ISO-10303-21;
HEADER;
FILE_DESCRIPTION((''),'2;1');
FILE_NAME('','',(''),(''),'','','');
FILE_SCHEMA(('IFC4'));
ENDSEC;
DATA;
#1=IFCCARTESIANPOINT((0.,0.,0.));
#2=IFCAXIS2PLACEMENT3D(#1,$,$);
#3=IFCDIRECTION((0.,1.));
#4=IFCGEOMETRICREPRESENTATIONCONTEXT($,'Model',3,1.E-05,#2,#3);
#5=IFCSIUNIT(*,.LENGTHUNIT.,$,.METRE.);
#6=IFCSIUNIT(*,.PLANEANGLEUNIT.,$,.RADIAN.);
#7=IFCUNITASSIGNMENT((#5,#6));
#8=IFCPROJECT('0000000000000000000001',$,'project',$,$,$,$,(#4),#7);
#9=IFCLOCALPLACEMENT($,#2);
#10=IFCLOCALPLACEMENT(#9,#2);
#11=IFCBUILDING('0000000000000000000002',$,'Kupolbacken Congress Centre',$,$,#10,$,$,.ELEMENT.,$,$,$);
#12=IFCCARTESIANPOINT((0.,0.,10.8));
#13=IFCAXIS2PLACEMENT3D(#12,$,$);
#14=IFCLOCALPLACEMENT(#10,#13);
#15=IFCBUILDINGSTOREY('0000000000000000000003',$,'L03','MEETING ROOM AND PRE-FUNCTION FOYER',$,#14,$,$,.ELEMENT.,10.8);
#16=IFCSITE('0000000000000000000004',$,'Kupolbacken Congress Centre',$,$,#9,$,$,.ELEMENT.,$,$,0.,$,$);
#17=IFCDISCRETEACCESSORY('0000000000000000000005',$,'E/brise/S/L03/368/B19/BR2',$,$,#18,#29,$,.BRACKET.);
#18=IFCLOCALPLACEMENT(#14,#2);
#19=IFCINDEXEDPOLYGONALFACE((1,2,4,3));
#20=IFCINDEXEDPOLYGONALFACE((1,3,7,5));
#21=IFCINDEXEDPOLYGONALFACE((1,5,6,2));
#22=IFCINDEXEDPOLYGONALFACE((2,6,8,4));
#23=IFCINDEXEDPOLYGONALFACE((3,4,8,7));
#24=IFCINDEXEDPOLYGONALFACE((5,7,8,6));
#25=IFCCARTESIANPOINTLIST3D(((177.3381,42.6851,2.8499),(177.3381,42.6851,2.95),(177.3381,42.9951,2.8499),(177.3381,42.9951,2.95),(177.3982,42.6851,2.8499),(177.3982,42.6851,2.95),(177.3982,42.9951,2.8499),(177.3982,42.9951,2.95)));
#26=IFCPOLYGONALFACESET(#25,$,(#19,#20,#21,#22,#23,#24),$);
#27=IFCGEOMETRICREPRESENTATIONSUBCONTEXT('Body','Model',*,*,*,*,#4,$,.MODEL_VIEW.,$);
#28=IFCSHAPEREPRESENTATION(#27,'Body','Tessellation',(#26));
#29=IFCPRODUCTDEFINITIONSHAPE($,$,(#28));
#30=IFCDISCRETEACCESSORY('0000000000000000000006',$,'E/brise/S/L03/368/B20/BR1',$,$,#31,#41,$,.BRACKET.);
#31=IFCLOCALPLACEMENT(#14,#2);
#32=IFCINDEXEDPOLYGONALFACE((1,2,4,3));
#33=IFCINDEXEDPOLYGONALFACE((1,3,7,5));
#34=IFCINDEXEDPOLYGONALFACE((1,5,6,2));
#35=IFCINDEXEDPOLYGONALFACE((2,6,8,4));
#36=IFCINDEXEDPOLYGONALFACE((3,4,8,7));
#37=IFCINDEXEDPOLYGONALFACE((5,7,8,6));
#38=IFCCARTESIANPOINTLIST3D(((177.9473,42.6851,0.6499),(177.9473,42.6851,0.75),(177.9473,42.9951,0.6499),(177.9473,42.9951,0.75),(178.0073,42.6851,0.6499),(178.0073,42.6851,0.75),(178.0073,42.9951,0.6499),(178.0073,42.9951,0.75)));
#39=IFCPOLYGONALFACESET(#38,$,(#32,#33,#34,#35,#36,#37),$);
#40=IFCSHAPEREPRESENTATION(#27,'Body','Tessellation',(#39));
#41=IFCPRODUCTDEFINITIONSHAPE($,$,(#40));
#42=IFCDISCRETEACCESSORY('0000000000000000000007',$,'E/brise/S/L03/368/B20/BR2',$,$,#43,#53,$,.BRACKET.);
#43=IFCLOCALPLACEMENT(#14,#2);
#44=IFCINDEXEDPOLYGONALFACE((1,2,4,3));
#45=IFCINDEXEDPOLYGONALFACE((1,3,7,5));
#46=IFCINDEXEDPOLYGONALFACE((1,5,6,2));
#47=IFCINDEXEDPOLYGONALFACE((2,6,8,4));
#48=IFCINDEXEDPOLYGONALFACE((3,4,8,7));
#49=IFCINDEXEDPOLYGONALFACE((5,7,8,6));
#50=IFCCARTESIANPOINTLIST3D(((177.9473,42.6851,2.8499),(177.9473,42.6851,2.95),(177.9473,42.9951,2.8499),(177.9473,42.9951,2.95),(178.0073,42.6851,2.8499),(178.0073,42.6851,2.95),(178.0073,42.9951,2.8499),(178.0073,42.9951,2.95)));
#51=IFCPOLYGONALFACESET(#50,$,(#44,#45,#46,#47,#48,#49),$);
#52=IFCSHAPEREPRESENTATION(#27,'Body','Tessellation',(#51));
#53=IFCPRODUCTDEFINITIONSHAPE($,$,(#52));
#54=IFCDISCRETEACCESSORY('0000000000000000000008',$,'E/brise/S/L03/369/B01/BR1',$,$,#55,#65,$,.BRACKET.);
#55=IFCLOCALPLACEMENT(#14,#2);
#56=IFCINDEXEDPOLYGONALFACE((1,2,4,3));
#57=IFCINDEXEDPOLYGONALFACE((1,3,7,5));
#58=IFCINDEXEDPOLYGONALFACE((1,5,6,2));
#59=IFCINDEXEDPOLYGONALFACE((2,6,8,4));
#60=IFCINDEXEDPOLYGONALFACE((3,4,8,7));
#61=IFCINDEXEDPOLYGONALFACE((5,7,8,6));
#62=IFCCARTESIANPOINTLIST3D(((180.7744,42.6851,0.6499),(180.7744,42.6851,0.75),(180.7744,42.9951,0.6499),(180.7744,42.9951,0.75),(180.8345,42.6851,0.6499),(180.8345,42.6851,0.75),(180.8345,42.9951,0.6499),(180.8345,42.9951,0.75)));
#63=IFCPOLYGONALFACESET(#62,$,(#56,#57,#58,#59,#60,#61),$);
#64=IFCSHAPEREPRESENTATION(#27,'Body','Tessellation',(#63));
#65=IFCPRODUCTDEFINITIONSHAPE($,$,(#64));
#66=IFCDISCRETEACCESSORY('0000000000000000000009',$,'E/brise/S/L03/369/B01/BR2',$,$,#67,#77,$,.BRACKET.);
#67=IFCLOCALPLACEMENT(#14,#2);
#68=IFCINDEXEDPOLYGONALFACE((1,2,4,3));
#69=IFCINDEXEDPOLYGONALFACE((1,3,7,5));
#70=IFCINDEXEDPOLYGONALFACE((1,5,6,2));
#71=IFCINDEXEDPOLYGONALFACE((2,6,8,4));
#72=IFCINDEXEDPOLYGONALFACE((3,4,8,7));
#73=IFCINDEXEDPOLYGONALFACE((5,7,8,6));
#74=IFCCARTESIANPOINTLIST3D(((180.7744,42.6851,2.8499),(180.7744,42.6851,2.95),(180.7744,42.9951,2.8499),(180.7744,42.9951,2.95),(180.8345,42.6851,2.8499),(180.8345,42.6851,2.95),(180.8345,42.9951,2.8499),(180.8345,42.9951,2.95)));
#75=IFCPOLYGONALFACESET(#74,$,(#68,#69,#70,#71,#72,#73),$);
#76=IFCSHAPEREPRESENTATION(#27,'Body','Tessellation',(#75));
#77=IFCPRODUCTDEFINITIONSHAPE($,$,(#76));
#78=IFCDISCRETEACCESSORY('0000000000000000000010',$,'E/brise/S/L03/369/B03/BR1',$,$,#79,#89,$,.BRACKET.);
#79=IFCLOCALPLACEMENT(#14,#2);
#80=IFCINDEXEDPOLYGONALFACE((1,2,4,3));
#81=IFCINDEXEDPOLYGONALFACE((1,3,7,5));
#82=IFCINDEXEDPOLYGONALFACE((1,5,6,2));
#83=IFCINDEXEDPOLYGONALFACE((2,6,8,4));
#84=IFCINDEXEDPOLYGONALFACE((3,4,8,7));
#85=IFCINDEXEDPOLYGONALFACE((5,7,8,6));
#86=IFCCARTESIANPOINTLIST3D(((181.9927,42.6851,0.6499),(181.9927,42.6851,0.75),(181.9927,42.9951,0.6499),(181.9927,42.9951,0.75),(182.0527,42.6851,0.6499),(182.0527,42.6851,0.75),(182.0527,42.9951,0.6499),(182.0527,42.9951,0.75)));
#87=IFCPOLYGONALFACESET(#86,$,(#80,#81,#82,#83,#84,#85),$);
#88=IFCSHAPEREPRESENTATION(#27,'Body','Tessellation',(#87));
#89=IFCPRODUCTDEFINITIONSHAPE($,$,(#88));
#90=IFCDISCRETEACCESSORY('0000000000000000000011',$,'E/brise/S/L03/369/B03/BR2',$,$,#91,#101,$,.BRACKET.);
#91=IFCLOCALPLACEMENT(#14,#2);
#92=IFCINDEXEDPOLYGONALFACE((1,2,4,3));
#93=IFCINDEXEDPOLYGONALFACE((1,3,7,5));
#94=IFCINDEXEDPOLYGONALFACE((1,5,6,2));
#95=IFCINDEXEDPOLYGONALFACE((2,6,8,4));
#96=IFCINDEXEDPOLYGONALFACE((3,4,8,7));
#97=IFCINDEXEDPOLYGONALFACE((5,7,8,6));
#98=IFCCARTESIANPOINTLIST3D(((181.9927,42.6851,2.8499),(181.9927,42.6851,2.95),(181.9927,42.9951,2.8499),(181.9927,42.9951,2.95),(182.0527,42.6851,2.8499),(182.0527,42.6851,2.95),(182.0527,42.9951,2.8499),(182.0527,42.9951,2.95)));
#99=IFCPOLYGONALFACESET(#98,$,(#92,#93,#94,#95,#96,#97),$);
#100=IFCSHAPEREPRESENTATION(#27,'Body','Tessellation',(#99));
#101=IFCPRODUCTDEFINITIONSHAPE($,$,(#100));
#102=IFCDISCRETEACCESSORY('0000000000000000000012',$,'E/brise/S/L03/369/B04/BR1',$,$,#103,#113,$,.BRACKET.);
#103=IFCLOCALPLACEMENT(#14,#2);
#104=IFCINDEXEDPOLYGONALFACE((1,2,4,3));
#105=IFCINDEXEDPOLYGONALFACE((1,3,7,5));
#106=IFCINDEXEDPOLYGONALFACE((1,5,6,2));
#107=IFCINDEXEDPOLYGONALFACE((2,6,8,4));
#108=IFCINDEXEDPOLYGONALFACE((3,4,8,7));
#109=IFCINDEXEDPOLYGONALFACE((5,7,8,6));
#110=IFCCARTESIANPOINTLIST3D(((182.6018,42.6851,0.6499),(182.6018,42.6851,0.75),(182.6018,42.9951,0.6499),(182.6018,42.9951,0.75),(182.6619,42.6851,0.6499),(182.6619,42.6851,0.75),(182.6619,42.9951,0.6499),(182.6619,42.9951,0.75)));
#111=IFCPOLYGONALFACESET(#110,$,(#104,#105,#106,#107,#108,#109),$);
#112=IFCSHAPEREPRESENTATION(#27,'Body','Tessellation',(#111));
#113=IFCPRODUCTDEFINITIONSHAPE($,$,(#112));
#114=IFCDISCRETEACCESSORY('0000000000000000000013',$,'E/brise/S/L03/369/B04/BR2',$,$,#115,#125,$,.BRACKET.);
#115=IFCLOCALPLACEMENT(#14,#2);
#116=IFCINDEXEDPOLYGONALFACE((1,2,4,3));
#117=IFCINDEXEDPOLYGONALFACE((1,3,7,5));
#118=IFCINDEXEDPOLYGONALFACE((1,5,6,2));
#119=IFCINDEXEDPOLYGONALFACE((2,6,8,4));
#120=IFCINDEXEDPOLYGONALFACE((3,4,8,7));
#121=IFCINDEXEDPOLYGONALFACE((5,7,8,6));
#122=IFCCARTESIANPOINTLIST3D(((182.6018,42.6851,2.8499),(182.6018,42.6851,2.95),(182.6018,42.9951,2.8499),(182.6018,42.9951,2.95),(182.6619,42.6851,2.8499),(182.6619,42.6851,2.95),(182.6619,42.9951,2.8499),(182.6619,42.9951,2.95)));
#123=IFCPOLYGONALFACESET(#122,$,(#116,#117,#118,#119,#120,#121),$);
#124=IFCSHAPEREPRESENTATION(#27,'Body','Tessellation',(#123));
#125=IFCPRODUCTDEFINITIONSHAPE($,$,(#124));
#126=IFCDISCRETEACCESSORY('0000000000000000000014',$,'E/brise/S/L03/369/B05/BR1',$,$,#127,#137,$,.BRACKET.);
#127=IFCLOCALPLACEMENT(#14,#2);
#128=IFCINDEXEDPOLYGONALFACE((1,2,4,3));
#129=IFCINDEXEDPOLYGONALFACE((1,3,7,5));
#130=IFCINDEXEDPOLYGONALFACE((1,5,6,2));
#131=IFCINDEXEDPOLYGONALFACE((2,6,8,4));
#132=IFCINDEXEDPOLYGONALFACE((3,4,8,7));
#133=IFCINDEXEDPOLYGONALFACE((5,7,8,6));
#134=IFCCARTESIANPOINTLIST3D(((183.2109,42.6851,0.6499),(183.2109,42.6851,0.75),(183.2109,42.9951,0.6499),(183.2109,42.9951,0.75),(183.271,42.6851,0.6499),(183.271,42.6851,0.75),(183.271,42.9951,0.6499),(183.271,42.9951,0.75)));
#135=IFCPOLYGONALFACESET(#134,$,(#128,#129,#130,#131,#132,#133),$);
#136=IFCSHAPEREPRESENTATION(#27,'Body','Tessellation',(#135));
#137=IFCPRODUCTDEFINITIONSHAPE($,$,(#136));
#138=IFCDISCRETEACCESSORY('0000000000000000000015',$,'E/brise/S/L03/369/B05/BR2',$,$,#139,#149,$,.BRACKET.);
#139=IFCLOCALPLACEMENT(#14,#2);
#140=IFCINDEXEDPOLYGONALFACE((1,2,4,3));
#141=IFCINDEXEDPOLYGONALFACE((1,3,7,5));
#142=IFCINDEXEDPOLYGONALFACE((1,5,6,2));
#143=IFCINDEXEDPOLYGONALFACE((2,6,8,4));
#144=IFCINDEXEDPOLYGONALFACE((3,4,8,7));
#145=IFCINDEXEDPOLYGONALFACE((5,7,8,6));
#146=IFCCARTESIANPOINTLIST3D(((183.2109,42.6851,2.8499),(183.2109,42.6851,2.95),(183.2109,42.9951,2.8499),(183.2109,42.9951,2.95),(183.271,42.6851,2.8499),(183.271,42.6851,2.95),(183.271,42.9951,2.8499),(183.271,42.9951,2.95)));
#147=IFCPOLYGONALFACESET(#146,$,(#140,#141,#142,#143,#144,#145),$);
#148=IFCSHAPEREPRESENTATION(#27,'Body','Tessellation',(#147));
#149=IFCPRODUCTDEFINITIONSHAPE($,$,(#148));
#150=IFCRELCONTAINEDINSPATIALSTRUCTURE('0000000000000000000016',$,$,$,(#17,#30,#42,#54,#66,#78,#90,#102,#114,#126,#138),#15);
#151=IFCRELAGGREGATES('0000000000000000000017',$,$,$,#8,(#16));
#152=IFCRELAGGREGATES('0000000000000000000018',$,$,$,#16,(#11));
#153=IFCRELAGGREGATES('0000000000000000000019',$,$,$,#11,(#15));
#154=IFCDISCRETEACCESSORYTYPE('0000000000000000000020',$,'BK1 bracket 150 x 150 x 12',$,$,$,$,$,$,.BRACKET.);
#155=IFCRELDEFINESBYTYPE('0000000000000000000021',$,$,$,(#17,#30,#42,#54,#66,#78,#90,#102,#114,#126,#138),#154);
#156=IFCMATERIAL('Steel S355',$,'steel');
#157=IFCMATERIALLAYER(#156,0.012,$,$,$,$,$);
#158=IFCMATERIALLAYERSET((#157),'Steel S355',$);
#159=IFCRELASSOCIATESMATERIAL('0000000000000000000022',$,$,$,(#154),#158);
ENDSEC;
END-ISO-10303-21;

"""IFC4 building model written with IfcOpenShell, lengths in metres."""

from ifc_helpers import new_model, si_unit, direction, frame, origin, origin_2d, place, context, subcontext, project, spatial, rectangle, extrude, material, layer, layer_set, type_object, element, save


model = new_model("IFC4")

# Units and contexts
model_context = context("Model", 3, precision=1e-05, world=origin(), true_north=direction((0.0, 1.0)))
body_context = subcontext(model_context, "Body", "Model", "MODEL_VIEW")
ifc_project = project(units=[si_unit("LENGTHUNIT", "METRE"), si_unit("PLANEANGLEUNIT", "RADIAN")], contexts=[model_context])

# Site, building, storey
site_placement = place(None, origin())
site = spatial("IfcSite", under=ifc_project, at=site_placement, Name="Kupolbacken Congress Centre", CompositionType="ELEMENT", RefElevation=0.0)
building_placement = place(site_placement, origin())
building = spatial("IfcBuilding", under=site, at=building_placement, Name="Kupolbacken Congress Centre", CompositionType="ELEMENT")
storey_placement = place(building_placement, frame((0.0, 0.0, 10.8)))
storey = spatial("IfcBuildingStorey", under=building, at=storey_placement, Name="L03", Description="MEETING ROOM AND PRE-FUNCTION FOYER", CompositionType="ELEMENT", Elevation=10.8)

# Discrete accessories
ifc_material_1 = material(Name="Steel S355", Category="steel")
ifc_layer_1 = layer(ifc_material_1, 0.012)
ifc_layer_set_1 = layer_set([ifc_layer_1], Name="Steel S355")
discrete_accessory_type = type_object("IfcDiscreteAccessoryType", Name="BK1 bracket 150 x 150 x 12", PredefinedType="BRACKET", material=ifc_layer_set_1)
for number, where, z_axis, x_axis, name in (
    (1, (177.3682, 42.8401, 2.8499), (0.0, 0.0, 1.0), (1.0, 0.0, 0.0), "E/brise/S/L03/368/B19/BR2"),
    (2, (177.9773, 42.8401, 0.6499), (0.0, 0.0, 1.0), (1.0, 0.0, 0.0), "E/brise/S/L03/368/B20/BR1"),
    (3, (177.9773, 42.8401, 2.8499), (0.0, 0.0, 1.0), (1.0, 0.0, 0.0), "E/brise/S/L03/368/B20/BR2"),
    (4, (180.8044, 42.8401, 0.6499), (0.0, 0.0, 1.0), (1.0, 0.0, 0.0), "E/brise/S/L03/369/B01/BR1"),
    (5, (180.8044, 42.8401, 2.8499), (0.0, 0.0, 1.0), (1.0, 0.0, 0.0), "E/brise/S/L03/369/B01/BR2"),
    (6, (182.0227, 42.8401, 0.6499), (0.0, 0.0, 1.0), (1.0, 0.0, 0.0), "E/brise/S/L03/369/B03/BR1"),
    (7, (182.0227, 42.8401, 2.8499), (0.0, 0.0, 1.0), (1.0, 0.0, 0.0), "E/brise/S/L03/369/B03/BR2"),
    (8, (182.6318, 42.8401, 0.6499), (0.0, 0.0, 1.0), (1.0, 0.0, 0.0), "E/brise/S/L03/369/B04/BR1"),
    (9, (182.6318, 42.8401, 2.8499), (0.0, 0.0, 1.0), (1.0, 0.0, 0.0), "E/brise/S/L03/369/B04/BR2"),
    (10, (183.241, 42.8401, 0.6499), (0.0, 0.0, 1.0), (1.0, 0.0, 0.0), "E/brise/S/L03/369/B05/BR1"),
    (11, (183.241, 42.8401, 2.8499), (0.0, 0.0, 1.0), (1.0, 0.0, 0.0), "E/brise/S/L03/369/B05/BR2"),
):
    element("IfcDiscreteAccessory", number, at=place(storey_placement, frame(where, z_axis=z_axis, x_axis=x_axis)), inside=storey, type_object=discrete_accessory_type, Name=name, PredefinedType="BRACKET", context=body_context, shape_type="SweptSolid", body=[
        extrude(rectangle(XDim=0.0601, YDim=0.3101, at=origin_2d()), origin(), (0.0, 0.0, 1.0), 0.1001),
    ])

save(model, "model.ifc")
